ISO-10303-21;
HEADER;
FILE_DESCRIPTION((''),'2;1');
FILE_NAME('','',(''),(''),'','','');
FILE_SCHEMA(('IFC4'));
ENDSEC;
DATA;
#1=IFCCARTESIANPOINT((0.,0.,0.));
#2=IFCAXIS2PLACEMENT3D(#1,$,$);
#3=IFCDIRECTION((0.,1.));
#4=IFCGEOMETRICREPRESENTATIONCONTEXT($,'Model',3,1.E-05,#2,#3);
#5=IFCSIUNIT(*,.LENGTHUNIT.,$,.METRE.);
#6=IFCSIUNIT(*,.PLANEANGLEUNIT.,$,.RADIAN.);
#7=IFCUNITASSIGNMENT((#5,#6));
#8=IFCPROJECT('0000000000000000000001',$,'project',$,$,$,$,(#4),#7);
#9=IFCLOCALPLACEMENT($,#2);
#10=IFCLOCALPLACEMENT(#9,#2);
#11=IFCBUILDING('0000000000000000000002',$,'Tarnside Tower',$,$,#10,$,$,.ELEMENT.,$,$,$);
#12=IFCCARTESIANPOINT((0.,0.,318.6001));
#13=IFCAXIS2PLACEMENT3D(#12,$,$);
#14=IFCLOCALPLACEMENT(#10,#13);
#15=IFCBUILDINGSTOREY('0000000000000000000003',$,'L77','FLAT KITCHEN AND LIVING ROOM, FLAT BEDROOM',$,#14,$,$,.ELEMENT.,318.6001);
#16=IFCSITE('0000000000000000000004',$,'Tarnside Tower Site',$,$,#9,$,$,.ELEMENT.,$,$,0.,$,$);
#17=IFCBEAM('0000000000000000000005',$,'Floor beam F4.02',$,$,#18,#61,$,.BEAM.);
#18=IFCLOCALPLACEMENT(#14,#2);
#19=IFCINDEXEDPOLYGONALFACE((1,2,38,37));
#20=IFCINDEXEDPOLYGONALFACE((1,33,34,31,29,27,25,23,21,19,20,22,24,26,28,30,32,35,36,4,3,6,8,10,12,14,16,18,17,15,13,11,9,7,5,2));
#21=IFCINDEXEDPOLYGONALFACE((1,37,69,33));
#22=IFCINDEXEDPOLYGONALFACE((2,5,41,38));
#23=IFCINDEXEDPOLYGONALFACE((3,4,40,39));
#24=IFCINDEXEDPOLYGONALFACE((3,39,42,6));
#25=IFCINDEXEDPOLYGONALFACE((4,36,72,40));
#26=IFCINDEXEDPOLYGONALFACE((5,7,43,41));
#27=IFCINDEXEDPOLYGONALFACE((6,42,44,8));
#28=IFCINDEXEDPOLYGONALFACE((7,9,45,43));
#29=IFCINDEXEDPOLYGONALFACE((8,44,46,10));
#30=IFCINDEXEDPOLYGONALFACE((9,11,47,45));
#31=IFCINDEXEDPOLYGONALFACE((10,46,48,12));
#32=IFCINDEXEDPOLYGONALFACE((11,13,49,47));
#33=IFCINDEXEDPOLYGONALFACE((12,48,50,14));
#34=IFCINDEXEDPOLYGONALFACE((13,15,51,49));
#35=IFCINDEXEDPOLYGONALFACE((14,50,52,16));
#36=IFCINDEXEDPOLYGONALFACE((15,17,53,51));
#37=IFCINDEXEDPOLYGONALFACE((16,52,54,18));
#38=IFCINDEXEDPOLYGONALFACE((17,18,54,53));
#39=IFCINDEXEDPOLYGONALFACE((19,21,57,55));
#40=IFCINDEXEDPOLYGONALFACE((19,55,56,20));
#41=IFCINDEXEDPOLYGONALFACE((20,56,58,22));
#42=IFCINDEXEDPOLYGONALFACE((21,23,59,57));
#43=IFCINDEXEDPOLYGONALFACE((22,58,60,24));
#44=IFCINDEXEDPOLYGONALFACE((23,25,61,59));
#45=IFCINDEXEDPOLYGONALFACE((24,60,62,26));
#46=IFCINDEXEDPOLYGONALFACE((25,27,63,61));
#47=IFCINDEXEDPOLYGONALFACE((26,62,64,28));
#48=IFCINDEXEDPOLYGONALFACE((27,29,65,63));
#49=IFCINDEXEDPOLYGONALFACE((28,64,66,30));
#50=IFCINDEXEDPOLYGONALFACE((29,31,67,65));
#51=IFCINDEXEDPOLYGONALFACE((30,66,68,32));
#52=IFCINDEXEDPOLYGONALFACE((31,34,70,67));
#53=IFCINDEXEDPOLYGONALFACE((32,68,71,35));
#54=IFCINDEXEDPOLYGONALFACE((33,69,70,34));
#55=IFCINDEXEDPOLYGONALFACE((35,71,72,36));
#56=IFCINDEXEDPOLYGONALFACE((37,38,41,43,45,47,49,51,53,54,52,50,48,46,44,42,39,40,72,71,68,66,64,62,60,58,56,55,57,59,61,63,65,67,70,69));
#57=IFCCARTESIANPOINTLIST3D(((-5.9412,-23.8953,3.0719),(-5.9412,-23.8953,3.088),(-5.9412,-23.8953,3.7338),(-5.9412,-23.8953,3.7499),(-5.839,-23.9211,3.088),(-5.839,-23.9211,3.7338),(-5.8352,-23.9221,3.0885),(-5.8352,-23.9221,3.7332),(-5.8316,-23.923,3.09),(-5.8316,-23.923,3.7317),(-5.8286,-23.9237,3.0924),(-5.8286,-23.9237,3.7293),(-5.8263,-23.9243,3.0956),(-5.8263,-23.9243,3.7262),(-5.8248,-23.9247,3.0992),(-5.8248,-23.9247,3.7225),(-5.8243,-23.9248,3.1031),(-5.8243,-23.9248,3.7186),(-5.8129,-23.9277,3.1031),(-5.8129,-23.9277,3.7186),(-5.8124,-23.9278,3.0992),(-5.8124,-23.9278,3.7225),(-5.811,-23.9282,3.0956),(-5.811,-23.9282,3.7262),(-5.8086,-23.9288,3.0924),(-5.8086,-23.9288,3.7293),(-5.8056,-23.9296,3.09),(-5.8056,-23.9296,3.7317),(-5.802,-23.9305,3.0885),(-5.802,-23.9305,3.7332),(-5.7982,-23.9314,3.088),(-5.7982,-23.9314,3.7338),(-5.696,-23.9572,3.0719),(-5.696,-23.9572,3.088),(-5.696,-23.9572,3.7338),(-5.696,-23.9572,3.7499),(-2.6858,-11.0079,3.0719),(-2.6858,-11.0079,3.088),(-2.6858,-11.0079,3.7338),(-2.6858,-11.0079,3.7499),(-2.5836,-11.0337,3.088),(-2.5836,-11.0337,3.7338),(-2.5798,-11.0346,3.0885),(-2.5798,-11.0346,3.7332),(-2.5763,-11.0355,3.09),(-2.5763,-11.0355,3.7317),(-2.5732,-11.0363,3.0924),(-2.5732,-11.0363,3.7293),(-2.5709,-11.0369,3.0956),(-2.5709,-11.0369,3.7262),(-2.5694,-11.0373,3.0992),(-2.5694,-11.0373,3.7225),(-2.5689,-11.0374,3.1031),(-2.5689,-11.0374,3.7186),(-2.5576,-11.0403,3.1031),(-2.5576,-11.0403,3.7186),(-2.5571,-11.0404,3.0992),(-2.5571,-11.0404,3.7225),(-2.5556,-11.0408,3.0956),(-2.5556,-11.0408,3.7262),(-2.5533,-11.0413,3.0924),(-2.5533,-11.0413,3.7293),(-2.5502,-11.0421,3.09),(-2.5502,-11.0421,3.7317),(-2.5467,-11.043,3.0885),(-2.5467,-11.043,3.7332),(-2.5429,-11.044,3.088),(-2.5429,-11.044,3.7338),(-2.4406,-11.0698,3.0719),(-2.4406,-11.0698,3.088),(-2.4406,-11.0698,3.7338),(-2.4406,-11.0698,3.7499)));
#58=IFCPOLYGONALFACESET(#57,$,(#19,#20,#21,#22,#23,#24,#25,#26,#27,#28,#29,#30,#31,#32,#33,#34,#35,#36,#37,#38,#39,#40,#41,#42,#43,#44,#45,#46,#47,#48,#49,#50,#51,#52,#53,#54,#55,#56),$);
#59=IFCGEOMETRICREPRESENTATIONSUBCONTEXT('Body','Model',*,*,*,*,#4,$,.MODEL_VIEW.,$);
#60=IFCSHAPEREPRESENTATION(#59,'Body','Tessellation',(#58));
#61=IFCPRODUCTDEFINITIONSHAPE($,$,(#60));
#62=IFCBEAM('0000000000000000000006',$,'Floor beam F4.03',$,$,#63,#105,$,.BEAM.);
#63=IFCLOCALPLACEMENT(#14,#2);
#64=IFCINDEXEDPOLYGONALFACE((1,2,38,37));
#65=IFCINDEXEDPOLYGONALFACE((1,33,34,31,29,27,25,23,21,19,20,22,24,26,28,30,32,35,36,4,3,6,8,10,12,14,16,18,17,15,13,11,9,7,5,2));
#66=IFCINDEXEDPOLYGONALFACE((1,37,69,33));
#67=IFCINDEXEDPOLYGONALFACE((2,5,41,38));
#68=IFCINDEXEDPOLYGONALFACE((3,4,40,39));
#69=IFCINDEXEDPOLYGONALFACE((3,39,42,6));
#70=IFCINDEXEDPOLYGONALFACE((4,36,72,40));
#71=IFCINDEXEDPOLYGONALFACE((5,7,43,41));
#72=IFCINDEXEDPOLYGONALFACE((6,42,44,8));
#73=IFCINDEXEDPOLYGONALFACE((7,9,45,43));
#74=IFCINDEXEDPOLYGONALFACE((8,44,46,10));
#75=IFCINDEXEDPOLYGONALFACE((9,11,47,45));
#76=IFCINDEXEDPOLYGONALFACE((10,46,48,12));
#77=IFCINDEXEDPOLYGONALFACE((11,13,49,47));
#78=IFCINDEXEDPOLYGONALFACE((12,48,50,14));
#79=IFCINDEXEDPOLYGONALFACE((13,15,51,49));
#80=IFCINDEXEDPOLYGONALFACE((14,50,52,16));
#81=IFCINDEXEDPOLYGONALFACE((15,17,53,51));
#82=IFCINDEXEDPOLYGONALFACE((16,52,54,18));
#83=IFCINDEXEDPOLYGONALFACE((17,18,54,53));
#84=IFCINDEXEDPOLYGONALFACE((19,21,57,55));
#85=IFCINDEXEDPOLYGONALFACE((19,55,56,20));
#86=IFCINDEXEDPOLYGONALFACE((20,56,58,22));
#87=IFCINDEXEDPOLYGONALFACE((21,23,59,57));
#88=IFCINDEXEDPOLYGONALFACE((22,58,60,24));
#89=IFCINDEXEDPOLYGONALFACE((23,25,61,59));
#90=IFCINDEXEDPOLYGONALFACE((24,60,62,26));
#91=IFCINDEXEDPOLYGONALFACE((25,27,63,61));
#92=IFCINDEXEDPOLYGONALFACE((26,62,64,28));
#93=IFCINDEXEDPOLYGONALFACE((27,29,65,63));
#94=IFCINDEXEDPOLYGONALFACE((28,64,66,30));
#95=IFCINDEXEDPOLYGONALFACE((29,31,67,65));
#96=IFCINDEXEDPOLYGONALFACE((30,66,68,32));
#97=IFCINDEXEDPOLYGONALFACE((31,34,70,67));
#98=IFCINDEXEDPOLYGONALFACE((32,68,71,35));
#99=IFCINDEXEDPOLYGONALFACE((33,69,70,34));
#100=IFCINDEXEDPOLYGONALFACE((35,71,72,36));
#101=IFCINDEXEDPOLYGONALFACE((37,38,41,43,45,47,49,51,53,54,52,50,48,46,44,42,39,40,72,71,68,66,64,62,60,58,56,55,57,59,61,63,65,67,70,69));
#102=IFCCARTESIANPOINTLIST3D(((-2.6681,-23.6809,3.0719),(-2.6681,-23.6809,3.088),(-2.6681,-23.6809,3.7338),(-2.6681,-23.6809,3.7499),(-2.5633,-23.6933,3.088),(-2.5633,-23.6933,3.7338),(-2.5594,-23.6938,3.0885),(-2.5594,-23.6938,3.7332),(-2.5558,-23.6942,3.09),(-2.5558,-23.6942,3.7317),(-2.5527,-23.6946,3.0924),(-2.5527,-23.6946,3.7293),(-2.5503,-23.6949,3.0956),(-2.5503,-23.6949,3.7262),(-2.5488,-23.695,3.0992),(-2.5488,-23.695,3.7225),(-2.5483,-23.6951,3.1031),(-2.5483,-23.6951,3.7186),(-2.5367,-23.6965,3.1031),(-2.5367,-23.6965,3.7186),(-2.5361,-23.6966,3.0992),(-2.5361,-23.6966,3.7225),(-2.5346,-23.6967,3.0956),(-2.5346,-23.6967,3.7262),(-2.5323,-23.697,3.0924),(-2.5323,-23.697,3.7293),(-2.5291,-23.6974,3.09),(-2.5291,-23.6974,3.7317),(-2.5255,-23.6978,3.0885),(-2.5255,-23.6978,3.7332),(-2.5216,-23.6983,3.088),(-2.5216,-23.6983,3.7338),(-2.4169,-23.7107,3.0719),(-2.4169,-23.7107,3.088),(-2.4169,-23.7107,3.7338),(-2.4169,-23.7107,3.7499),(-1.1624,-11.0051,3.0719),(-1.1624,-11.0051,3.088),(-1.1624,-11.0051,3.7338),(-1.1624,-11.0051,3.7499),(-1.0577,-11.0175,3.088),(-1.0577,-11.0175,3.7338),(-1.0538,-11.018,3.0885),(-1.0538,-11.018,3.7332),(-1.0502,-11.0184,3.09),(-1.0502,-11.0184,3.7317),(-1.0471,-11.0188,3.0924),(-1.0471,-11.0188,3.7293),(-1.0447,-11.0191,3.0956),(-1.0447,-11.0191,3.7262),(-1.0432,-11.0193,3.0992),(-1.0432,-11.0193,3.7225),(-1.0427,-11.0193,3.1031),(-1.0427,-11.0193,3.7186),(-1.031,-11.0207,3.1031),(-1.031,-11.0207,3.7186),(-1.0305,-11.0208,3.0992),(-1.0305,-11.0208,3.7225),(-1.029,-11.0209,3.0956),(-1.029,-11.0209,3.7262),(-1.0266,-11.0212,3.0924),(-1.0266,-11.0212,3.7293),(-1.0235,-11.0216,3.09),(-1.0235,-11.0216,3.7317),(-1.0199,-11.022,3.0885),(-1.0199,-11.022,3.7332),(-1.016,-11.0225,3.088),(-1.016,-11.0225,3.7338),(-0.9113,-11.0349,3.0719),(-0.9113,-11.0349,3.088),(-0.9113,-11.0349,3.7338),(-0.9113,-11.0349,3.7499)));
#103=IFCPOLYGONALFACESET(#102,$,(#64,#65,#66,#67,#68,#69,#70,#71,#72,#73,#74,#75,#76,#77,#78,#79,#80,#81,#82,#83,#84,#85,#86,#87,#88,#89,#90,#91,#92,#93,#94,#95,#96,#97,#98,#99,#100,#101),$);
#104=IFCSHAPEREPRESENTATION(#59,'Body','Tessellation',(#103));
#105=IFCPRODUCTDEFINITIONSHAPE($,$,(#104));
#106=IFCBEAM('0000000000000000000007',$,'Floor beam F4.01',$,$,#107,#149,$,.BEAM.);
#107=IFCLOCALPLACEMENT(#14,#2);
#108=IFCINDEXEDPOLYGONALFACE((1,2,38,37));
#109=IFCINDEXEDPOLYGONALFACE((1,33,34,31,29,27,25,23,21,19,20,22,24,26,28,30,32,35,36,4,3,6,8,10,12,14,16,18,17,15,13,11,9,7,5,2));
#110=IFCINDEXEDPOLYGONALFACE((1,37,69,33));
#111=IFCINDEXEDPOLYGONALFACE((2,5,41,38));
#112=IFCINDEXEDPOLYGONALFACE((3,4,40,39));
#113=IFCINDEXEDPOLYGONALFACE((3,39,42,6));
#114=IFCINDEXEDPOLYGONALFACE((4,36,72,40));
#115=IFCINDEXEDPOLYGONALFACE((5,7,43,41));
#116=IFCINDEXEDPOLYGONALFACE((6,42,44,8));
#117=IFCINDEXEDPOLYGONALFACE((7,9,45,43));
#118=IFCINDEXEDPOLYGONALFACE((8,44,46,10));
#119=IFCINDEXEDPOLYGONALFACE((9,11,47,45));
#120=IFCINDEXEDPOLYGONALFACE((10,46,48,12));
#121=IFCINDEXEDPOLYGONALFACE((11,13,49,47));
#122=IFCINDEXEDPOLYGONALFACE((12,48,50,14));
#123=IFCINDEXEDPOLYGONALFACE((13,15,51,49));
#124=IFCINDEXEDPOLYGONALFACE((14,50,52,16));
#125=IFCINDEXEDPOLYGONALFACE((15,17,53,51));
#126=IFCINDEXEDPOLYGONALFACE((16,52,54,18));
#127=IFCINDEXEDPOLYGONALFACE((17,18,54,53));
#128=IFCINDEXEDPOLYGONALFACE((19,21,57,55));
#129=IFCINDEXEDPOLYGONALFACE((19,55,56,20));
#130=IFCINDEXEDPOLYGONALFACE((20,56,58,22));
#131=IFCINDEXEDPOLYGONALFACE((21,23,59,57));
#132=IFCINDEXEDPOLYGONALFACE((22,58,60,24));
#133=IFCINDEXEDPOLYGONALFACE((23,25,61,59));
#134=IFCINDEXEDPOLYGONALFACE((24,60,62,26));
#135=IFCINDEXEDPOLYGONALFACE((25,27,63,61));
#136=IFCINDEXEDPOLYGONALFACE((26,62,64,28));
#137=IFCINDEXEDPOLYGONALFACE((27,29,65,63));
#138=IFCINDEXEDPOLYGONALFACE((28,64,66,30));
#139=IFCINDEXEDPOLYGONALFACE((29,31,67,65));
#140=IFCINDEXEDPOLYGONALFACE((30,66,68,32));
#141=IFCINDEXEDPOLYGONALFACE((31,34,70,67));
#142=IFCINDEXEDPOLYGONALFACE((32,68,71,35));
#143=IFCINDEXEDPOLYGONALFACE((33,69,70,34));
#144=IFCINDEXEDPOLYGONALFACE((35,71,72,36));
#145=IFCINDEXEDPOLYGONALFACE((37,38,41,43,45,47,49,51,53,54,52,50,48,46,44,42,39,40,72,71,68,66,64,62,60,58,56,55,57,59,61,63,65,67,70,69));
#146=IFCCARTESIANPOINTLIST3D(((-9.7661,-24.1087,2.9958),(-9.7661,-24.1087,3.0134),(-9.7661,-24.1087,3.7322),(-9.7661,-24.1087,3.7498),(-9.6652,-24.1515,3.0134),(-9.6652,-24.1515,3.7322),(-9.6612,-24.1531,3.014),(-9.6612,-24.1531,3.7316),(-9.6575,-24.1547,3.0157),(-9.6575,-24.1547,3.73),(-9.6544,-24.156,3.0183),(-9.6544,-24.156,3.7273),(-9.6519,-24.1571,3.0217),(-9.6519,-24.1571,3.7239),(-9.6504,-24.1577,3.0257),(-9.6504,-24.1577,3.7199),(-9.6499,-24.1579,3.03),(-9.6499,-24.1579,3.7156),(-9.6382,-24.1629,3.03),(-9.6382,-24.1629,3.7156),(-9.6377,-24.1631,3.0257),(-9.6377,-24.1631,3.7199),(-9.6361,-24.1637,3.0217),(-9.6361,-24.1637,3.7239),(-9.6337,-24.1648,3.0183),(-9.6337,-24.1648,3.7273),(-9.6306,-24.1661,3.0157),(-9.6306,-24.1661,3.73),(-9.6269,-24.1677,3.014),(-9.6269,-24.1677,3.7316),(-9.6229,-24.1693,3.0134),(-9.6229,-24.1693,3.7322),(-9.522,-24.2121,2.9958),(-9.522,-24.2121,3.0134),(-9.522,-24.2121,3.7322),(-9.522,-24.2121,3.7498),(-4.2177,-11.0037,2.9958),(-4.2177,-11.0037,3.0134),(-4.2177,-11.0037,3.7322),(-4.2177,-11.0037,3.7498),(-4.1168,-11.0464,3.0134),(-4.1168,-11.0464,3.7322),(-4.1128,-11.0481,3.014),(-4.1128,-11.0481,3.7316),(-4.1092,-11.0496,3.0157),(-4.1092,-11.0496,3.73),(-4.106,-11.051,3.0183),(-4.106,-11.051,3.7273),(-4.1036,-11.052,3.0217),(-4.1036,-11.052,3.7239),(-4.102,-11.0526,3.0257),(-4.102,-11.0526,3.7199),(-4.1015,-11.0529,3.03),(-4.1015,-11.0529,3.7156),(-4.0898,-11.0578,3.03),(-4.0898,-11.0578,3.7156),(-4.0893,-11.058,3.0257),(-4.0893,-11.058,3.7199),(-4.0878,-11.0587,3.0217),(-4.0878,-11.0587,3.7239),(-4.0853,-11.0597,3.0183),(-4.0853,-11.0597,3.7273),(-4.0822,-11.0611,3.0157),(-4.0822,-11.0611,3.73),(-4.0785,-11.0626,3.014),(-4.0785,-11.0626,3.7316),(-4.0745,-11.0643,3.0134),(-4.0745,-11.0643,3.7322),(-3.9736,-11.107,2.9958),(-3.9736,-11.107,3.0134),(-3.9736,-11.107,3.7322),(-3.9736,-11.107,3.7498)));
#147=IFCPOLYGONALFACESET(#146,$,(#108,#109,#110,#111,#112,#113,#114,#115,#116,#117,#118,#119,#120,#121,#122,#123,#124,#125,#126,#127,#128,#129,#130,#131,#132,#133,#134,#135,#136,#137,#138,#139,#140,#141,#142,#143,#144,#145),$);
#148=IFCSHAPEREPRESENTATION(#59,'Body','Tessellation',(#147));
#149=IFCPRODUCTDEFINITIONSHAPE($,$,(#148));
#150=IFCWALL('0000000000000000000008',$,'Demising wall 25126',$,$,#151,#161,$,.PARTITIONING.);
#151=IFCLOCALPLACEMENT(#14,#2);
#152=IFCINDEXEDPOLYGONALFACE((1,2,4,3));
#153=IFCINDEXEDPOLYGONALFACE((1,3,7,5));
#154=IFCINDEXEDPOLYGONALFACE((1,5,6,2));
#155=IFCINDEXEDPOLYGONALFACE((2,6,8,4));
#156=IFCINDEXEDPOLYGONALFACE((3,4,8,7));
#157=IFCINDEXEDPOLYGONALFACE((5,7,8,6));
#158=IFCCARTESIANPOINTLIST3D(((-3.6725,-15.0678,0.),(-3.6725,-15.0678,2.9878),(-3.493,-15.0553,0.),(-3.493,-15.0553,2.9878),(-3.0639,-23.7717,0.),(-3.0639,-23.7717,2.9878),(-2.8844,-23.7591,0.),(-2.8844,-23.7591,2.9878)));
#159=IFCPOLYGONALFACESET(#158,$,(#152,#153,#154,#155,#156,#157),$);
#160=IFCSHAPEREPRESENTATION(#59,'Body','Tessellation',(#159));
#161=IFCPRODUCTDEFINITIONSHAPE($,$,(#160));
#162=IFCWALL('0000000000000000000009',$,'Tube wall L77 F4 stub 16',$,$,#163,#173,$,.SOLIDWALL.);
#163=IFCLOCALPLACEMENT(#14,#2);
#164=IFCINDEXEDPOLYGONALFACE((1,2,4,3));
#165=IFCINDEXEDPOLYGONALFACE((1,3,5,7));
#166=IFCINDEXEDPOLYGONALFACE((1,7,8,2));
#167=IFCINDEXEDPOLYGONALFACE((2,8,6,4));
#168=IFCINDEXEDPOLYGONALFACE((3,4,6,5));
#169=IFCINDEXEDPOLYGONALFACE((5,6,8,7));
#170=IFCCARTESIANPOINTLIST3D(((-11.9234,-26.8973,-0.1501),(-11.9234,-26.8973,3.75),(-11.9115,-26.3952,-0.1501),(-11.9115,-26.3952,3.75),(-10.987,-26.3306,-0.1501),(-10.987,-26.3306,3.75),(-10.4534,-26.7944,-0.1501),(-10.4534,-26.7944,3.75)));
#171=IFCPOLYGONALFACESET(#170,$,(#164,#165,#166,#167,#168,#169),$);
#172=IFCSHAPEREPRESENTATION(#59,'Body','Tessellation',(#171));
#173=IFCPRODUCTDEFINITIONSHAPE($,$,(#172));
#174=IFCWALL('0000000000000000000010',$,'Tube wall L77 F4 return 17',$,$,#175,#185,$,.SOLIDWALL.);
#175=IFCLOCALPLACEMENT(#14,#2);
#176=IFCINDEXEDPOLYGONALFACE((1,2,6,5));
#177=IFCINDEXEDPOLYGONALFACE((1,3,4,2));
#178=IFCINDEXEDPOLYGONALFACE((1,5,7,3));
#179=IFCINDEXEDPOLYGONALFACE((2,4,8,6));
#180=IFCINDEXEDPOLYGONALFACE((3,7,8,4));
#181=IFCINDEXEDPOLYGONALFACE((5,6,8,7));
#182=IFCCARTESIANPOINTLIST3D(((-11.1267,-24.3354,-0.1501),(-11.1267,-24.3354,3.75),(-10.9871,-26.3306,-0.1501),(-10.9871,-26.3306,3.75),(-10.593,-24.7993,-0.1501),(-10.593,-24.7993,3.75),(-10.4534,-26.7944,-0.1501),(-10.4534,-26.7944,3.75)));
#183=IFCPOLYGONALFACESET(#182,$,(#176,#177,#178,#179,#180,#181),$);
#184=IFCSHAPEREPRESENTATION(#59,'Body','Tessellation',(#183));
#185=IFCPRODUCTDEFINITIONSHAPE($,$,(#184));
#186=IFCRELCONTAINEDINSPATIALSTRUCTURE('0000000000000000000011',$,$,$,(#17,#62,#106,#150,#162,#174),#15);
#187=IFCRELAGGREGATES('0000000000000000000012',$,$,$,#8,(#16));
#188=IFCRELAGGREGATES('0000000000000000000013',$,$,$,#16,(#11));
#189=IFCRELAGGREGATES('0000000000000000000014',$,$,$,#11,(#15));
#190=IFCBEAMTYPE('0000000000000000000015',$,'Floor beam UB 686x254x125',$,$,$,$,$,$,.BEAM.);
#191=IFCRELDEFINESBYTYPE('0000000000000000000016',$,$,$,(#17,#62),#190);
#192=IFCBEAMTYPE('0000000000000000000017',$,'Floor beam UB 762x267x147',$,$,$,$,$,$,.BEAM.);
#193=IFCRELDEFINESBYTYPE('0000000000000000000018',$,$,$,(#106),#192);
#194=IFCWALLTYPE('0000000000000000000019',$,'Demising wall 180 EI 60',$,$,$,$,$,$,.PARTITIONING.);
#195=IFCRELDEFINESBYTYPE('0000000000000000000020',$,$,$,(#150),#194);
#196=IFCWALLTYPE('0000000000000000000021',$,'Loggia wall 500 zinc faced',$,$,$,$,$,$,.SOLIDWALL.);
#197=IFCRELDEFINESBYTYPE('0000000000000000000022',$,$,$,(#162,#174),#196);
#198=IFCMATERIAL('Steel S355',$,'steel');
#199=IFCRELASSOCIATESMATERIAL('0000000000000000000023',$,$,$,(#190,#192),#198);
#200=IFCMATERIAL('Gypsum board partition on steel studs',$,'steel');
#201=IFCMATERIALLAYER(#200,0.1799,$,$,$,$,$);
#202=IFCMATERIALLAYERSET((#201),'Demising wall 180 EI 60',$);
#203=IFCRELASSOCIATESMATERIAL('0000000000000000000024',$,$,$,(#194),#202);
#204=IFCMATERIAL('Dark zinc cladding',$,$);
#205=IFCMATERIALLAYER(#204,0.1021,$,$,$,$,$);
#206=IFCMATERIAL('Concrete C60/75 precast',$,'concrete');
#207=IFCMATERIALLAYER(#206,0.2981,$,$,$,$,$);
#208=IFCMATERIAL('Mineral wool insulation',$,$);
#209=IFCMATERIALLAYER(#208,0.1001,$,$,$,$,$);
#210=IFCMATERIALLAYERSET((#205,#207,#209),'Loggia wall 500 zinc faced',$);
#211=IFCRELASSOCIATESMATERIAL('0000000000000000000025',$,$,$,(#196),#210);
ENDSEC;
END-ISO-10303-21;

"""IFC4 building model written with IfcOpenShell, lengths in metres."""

from ifc_helpers import new_model, si_unit, direction, frame, frame_2d, origin, origin_2d, place, context, subcontext, project, spatial, polyline, rectangle, i_section, outline, extrude, material, layer, layer_set, material_profile, profile_set, type_object, element, save


model = new_model("IFC4")

# Units and contexts
model_context = context("Model", 3, precision=1e-05, world=origin(), true_north=direction((0.0, 1.0)))
body_context = subcontext(model_context, "Body", "Model", "MODEL_VIEW")
ifc_project = project(units=[si_unit("LENGTHUNIT", "METRE"), si_unit("PLANEANGLEUNIT", "RADIAN")], contexts=[model_context])

# Site, building, storey
site_placement = place(None, origin())
site = spatial("IfcSite", under=ifc_project, at=site_placement, Name="Tarnside Tower Site", CompositionType="ELEMENT", RefElevation=0.0)
building_placement = place(site_placement, origin())
building = spatial("IfcBuilding", under=site, at=building_placement, Name="Tarnside Tower", CompositionType="ELEMENT")
storey_placement = place(building_placement, frame((0.0, 0.0, 318.6001)))
storey = spatial("IfcBuildingStorey", under=building, at=storey_placement, Name="L77", Description="FLAT KITCHEN AND LIVING ROOM, FLAT BEDROOM", CompositionType="ELEMENT", Elevation=318.6001)

# Beams
ifc_material_1 = material(Name="Steel S355", Category="steel")
ifc_material_profile_1 = material_profile(ifc_material_1, i_section(OverallWidth=0.2529, OverallDepth=0.678, WebThickness=0.0117, FlangeThickness=0.0161, FilletRadius=0.0151, at=origin_2d()), Name="UB 686x254x125")
ifc_profile_set_1 = profile_set([ifc_material_profile_1], Name="Steel S355")
beam_type_1 = type_object("IfcBeamType", Name="Floor beam UB 686x254x125", PredefinedType="BEAM", material=ifc_profile_set_1)
beam_1_placement = place(storey_placement, frame((-5.8186, -23.9263, 3.4109), z_axis=(0.244908, 0.969546, 0.0), x_axis=(-0.969546, 0.244908, 0.0)))
element("IfcBeam", 1, at=beam_1_placement, inside=storey, type_object=beam_type_1, Name="Floor beam F4.02", PredefinedType="BEAM", context=body_context, shape_type="SweptSolid", body=[
    extrude(i_section(OverallWidth=0.2529, OverallDepth=0.678, WebThickness=0.0117, FlangeThickness=0.0161, FilletRadius=0.0151, at=origin_2d()), origin(), (0.0, 0.0, 1.0), 13.2922),
])
beam_2_placement = place(storey_placement, frame((-2.5425, -23.6958, 3.4109), z_axis=(0.11795, 0.99302, 0.0), x_axis=(-0.99302, 0.11795, 0.0)))
element("IfcBeam", 2, at=beam_2_placement, inside=storey, type_object=beam_type_1, Name="Floor beam F4.03", PredefinedType="BEAM", context=body_context, shape_type="SweptSolid", body=[
    extrude(i_section(OverallWidth=0.2529, OverallDepth=0.678, WebThickness=0.0117, FlangeThickness=0.0161, FilletRadius=0.0151, at=origin_2d()), origin(), (0.0, 0.0, 1.0), 12.7649),
])
ifc_material_profile_2 = material_profile(ifc_material_1, i_section(OverallWidth=0.2651, OverallDepth=0.7539, WebThickness=0.0127, FlangeThickness=0.0176, FilletRadius=0.0166, at=origin_2d()), Name="UB 762x267x147")
ifc_profile_set_2 = profile_set([ifc_material_profile_2], Name="Steel S355")
beam_type_2 = type_object("IfcBeamType", Name="Floor beam UB 762x267x147", PredefinedType="BEAM", material=ifc_profile_set_2)
beam_3_placement = place(storey_placement, frame((-9.644, -24.1604, 3.3728), z_axis=(0.389874, 0.920868, 0.0), x_axis=(-0.920868, 0.389874, 0.0)))
element("IfcBeam", 3, at=beam_3_placement, inside=storey, type_object=beam_type_2, Name="Floor beam F4.01", PredefinedType="BEAM", context=body_context, shape_type="SweptSolid", body=[
    extrude(i_section(OverallWidth=0.2651, OverallDepth=0.7539, WebThickness=0.0127, FlangeThickness=0.0176, FilletRadius=0.0166, at=origin_2d()), origin(), (0.0, 0.0, 1.0), 14.2312),
])

# Walls
ifc_material_2 = material(Name="Gypsum board partition on steel studs", Category="steel")
ifc_layer_1 = layer(ifc_material_2, 0.1799)
ifc_layer_set_1 = layer_set([ifc_layer_1], Name="Demising wall 180 EI 60")
wall_type_1 = type_object("IfcWallType", Name="Demising wall 180 EI 60", PredefinedType="PARTITIONING", material=ifc_layer_set_1)
wall_1_placement = place(storey_placement, frame((-2.9741, -23.7654, 0.0), z_axis=(0.0, 0.0, 1.0), x_axis=(-0.069758, 0.997564, 0.0)))
element("IfcWall", 4, at=wall_1_placement, inside=storey, type_object=wall_type_1, Name="Demising wall 25126", PredefinedType="PARTITIONING", context=body_context, shape_type="SweptSolid", body=[
    extrude(rectangle(XDim=8.7251, YDim=0.1799, at=frame_2d((4.3625, 0.0))), origin(), (0.0, 0.0, 1.0), 2.9878),
])
ifc_material_3 = material(Name="Dark zinc cladding")
ifc_layer_2 = layer(ifc_material_3, 0.1021)
ifc_material_4 = material(Name="Concrete C60/75 precast", Category="concrete")
ifc_layer_3 = layer(ifc_material_4, 0.2981)
ifc_material_5 = material(Name="Mineral wool insulation")
ifc_layer_4 = layer(ifc_material_5, 0.1001)
ifc_layer_set_2 = layer_set([ifc_layer_2, ifc_layer_3, ifc_layer_4], Name="Loggia wall 500 zinc faced")
wall_type_2 = type_object("IfcWallType", Name="Loggia wall 500 zinc faced", PredefinedType="SOLIDWALL", material=ifc_layer_set_2)
wall_2_placement = place(storey_placement, frame((-11.9175, -26.6462, -0.1501), z_axis=(0.0, 0.0, 1.0), x_axis=(0.997563, 0.069772, 0.0)))
element("IfcWall", 5, at=wall_2_placement, inside=storey, type_object=wall_type_2, Name="Tube wall L77 F4 stub 16", PredefinedType="SOLIDWALL", context=body_context, shape_type="SweptSolid", body=[
    extrude(outline(polyline([(-0.0234, -0.25), (1.4502, -0.25), (0.9502, 0.25), (0.0234, 0.25), (-0.0234, -0.25)])), origin(), (0.0, 0.0, 1.0), 3.9001),
])
wall_3_placement = place(storey_placement, frame((-10.7202, -26.5625, -0.1501), z_axis=(0.0, 0.0, 1.0), x_axis=(-0.069824, 0.997559, 0.0)))
element("IfcWall", 6, at=wall_3_placement, inside=storey, type_object=wall_type_2, Name="Tube wall L77 F4 return 17", PredefinedType="SOLIDWALL", context=body_context, shape_type="SweptSolid", body=[
    extrude(outline(polyline([(-0.25, -0.25), (1.75, -0.25), (2.25, 0.25), (0.25, 0.25), (-0.25, -0.25)])), origin(), (0.0, 0.0, 1.0), 3.9001),
])

save(model, "model.ifc")
